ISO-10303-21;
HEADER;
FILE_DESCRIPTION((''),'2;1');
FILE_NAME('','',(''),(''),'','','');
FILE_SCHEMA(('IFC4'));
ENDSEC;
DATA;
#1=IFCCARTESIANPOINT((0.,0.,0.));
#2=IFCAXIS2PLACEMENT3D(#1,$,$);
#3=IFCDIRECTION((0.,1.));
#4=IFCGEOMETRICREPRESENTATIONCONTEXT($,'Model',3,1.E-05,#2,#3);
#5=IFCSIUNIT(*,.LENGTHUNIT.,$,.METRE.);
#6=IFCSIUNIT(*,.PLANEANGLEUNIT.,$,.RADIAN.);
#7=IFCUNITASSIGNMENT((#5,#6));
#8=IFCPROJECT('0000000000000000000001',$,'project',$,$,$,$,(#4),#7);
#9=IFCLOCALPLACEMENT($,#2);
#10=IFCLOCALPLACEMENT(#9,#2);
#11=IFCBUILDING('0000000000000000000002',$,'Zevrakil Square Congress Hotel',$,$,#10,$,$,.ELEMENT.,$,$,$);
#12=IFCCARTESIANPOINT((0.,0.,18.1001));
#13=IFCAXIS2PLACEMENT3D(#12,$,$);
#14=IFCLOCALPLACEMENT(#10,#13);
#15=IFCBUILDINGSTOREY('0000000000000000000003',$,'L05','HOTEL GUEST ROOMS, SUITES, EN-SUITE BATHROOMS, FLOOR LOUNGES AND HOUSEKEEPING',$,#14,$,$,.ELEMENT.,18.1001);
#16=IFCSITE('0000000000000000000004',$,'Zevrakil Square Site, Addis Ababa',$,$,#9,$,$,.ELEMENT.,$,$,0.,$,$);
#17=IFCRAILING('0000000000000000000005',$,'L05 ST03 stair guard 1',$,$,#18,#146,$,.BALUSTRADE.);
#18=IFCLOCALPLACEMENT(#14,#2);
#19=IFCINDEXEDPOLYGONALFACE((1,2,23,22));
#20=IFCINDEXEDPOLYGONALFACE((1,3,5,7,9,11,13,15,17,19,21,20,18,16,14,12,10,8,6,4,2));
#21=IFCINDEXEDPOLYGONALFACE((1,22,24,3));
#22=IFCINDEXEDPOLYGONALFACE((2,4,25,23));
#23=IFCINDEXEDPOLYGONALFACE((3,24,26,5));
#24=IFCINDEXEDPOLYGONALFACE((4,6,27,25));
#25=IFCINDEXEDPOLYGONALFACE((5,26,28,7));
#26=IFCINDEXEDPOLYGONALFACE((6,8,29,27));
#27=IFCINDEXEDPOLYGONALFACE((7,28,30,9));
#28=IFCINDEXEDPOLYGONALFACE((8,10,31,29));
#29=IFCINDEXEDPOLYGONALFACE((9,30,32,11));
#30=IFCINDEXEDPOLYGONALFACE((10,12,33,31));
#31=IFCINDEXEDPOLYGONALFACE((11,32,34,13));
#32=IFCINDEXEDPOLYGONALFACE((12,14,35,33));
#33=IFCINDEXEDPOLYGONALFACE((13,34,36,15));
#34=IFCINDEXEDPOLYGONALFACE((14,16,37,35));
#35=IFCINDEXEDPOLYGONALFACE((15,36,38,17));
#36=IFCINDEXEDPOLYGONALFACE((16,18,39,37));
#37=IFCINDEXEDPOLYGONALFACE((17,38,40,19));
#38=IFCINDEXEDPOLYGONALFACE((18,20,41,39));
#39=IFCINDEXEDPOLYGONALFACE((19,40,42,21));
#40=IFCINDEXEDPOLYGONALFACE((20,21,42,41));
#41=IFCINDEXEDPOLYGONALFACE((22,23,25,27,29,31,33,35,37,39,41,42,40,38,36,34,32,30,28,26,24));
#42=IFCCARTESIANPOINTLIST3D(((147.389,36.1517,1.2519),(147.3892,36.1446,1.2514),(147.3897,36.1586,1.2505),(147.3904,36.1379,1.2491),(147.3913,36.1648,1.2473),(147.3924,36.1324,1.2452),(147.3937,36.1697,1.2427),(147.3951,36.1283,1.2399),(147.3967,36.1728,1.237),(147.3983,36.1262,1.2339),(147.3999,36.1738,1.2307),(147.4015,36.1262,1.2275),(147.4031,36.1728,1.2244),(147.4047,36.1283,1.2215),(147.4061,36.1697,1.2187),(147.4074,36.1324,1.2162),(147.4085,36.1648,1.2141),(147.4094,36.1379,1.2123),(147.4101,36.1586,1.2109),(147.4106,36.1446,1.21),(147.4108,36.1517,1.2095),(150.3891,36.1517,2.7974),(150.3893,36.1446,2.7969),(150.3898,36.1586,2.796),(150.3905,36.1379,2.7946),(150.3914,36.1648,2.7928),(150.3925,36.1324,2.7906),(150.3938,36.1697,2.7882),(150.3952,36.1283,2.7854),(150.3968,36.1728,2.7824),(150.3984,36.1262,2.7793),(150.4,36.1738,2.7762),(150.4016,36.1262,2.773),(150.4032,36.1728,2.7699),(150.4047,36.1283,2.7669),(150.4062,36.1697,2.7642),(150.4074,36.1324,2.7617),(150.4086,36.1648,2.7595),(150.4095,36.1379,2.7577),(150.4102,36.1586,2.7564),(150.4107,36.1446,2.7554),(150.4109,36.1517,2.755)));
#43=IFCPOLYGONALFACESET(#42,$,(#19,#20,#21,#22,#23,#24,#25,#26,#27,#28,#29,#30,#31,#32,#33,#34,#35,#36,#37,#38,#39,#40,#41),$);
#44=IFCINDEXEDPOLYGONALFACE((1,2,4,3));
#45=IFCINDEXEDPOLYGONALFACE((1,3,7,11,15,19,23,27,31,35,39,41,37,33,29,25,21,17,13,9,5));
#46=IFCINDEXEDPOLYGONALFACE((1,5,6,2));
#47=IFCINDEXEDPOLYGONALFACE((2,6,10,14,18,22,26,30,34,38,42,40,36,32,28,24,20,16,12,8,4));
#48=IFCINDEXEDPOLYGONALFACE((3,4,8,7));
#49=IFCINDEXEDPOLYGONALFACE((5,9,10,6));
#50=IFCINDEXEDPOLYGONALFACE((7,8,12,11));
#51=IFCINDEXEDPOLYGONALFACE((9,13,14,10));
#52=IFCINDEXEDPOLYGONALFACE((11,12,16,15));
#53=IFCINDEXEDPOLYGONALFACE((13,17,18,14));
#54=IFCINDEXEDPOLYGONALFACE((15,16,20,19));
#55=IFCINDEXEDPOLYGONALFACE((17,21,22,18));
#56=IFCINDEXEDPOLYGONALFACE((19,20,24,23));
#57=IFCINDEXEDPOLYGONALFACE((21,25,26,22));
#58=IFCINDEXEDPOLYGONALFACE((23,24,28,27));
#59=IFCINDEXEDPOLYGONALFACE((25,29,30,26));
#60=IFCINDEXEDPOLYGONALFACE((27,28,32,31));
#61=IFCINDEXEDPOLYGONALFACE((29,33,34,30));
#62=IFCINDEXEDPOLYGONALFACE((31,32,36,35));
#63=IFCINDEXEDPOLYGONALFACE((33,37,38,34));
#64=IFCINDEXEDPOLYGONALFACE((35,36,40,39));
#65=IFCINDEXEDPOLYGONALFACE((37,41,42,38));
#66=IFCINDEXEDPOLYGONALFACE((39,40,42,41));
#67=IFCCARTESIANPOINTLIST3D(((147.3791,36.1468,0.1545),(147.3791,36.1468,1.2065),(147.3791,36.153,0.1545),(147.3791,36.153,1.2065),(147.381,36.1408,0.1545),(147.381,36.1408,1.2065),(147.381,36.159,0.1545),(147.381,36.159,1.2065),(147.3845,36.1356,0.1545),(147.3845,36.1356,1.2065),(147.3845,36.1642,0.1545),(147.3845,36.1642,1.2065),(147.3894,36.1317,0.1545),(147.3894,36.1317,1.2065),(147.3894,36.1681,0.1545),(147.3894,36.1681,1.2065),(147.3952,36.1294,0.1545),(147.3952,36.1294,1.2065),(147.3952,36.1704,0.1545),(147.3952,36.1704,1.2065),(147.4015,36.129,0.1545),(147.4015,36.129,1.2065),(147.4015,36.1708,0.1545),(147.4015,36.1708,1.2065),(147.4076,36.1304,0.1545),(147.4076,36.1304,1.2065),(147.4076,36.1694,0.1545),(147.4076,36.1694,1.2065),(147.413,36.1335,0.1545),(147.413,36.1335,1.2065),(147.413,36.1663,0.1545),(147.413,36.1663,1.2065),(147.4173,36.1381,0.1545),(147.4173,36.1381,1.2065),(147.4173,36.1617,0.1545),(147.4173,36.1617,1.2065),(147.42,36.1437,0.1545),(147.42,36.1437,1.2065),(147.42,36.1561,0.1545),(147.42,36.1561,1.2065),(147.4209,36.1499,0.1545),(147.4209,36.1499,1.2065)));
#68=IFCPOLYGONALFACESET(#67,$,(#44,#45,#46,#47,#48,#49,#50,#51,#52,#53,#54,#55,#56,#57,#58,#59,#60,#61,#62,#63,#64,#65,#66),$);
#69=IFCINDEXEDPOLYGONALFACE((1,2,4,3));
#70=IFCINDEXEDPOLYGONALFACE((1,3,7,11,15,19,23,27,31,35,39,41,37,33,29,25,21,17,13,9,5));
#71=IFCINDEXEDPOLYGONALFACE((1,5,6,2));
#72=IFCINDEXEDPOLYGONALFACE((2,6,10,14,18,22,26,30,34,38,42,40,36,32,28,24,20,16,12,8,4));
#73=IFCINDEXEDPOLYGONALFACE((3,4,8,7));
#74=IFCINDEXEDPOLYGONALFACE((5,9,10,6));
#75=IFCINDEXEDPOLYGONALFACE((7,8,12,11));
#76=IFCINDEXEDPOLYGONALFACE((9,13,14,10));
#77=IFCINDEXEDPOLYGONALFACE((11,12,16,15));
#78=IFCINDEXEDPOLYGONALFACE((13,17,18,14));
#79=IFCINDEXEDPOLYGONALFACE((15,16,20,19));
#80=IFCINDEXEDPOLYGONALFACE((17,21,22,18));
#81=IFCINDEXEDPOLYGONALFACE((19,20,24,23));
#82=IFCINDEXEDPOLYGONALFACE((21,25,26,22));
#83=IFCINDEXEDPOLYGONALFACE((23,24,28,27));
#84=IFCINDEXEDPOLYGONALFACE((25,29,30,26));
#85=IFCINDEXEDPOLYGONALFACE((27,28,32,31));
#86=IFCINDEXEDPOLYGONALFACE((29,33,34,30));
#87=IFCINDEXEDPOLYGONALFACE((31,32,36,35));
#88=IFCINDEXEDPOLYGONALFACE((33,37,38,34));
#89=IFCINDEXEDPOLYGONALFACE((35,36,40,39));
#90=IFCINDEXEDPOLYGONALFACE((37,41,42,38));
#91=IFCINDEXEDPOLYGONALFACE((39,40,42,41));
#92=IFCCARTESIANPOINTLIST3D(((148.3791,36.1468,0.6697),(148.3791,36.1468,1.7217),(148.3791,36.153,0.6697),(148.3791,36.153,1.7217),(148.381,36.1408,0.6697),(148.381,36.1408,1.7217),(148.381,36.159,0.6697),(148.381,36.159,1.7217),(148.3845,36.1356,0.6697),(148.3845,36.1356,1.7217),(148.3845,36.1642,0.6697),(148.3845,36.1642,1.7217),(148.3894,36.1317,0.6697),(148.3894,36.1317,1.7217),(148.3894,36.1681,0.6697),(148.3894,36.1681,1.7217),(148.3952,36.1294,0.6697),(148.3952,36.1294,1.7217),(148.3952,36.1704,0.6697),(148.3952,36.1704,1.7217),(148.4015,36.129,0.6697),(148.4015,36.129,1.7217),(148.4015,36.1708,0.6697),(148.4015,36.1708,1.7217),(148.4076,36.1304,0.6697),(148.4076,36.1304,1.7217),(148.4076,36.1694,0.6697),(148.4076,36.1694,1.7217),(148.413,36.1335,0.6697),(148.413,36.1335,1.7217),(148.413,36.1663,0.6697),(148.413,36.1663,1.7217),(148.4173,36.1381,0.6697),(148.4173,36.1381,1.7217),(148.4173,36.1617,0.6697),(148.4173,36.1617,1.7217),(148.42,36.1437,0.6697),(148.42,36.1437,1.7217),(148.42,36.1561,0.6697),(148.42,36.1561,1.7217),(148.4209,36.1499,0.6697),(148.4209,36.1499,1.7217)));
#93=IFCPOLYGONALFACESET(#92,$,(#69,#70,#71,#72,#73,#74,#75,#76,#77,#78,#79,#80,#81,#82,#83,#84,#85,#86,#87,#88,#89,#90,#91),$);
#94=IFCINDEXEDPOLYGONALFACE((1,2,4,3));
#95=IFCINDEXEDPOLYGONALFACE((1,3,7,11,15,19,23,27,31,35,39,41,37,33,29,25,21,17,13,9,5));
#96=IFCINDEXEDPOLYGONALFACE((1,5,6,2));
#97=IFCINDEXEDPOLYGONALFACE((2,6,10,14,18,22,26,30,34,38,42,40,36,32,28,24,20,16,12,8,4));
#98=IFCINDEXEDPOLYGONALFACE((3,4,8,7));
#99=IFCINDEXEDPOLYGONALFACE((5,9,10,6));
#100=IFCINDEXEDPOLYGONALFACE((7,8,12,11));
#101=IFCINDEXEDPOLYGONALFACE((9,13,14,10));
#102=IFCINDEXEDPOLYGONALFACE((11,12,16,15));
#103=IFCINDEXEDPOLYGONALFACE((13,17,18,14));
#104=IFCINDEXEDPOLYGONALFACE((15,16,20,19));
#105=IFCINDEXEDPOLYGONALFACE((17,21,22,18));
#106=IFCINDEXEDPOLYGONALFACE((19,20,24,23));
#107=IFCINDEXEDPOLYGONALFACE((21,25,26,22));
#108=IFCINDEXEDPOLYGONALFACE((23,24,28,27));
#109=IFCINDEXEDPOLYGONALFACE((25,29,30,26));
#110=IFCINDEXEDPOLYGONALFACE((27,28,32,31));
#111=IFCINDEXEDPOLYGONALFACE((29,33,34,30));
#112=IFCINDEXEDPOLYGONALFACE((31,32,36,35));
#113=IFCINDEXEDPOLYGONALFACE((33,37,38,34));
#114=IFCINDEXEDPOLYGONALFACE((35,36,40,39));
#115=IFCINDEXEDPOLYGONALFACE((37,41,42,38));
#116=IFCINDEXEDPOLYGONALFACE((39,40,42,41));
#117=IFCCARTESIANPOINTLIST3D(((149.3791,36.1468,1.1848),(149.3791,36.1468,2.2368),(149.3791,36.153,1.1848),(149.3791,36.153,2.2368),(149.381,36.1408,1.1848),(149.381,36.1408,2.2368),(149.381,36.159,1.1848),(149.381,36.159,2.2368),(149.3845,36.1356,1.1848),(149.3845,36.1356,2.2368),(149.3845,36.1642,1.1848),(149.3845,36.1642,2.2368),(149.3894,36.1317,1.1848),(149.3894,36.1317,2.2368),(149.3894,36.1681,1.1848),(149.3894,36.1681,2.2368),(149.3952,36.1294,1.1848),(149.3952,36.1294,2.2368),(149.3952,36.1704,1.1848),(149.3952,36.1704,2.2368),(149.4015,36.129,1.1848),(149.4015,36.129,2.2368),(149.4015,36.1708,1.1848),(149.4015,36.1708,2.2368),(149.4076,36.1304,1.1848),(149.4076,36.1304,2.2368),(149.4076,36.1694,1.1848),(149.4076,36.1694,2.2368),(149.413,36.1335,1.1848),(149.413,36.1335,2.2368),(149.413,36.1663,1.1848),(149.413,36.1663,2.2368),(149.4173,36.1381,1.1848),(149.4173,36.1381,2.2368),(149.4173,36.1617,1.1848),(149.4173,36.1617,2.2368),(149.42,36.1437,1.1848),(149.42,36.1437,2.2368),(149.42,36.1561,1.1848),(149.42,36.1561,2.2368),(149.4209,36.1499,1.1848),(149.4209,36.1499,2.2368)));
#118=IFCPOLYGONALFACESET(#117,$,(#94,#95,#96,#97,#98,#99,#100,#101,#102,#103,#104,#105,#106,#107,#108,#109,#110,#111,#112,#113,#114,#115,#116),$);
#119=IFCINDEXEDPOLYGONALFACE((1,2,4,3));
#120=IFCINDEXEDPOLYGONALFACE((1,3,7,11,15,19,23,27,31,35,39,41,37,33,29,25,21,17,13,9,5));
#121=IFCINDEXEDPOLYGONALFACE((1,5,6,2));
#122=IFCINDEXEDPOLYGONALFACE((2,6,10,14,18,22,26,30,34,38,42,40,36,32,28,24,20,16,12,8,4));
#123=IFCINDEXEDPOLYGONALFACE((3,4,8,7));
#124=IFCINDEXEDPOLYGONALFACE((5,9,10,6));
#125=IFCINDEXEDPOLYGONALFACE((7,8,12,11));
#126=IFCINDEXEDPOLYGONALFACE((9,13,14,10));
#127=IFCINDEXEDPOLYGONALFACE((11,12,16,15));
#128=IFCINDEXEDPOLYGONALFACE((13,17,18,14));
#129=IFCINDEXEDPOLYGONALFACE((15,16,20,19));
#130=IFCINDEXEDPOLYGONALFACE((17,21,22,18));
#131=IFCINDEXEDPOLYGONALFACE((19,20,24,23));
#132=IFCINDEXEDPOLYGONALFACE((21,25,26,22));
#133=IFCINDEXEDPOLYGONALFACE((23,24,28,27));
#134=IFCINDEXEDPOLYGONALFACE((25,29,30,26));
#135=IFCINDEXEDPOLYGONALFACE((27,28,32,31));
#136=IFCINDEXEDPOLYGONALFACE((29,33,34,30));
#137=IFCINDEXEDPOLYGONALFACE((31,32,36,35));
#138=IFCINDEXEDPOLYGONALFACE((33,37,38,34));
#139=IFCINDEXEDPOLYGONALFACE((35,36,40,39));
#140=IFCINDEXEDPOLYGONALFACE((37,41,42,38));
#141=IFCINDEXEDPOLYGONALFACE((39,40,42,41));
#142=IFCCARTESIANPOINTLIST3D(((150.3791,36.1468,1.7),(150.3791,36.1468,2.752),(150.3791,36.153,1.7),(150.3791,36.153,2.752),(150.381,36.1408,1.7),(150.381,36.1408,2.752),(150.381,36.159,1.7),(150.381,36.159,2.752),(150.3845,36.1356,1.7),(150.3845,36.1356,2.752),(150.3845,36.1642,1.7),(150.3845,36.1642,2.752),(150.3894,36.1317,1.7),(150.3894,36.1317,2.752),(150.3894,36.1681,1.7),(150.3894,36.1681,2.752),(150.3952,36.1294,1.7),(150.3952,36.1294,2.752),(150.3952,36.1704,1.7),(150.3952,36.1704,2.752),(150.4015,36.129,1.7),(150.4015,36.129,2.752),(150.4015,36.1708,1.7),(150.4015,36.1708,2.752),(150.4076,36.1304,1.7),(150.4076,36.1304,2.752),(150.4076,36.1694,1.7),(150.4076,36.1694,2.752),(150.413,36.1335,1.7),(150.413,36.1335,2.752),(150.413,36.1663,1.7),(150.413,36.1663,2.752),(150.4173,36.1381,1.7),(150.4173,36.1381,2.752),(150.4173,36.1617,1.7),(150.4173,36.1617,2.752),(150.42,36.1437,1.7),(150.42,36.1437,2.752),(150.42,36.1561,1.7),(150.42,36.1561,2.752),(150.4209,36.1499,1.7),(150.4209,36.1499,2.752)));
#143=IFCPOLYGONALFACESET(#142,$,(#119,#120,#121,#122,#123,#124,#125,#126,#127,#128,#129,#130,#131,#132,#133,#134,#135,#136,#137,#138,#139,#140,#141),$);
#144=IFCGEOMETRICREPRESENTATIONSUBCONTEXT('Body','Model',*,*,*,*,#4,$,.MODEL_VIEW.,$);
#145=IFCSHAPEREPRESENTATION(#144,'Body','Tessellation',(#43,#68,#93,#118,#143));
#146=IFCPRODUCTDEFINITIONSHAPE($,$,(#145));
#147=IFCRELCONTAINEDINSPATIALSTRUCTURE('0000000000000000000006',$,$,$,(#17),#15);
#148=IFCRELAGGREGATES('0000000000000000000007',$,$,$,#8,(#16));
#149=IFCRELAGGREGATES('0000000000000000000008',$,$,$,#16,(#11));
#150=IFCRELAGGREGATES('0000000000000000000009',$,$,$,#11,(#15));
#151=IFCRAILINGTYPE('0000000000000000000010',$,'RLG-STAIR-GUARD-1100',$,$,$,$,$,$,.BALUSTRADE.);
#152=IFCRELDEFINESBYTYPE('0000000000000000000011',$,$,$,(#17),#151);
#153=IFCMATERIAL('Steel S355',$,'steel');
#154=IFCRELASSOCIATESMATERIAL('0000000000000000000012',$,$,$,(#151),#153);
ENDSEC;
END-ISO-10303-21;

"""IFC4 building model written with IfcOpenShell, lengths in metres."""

from ifc_helpers import new_model, si_unit, direction, frame, origin, origin_2d, place, context, subcontext, project, spatial, circle, extrude, material, type_object, element, save


model = new_model("IFC4")

# Units and contexts
model_context = context("Model", 3, precision=1e-05, world=origin(), true_north=direction((0.0, 1.0)))
body_context = subcontext(model_context, "Body", "Model", "MODEL_VIEW")
ifc_project = project(units=[si_unit("LENGTHUNIT", "METRE"), si_unit("PLANEANGLEUNIT", "RADIAN")], contexts=[model_context])

# Site, building, storey
site_placement = place(None, origin())
site = spatial("IfcSite", under=ifc_project, at=site_placement, Name="Zevrakil Square Site, Addis Ababa", CompositionType="ELEMENT", RefElevation=0.0)
building_placement = place(site_placement, origin())
building = spatial("IfcBuilding", under=site, at=building_placement, Name="Zevrakil Square Congress Hotel", CompositionType="ELEMENT")
storey_placement = place(building_placement, frame((0.0, 0.0, 18.1001)))
storey = spatial("IfcBuildingStorey", under=building, at=storey_placement, Name="L05", Description="HOTEL GUEST ROOMS, SUITES, EN-SUITE BATHROOMS, FLOOR LOUNGES AND HOUSEKEEPING", CompositionType="ELEMENT", Elevation=18.1001)

# Railing
ifc_material_1 = material(Name="Steel S355", Category="steel")
railing_type_1 = type_object("IfcRailingType", Name="RLG-STAIR-GUARD-1100", PredefinedType="BALUSTRADE", material=ifc_material_1)
railing_1_placement = place(storey_placement, frame((147.3999, 36.1499, 0.1545)))
element("IfcRailing", 1, at=railing_1_placement, inside=storey, type_object=railing_type_1, Name="L05 ST03 stair guard 1", PredefinedType="BALUSTRADE", context=body_context, shape_type="SweptSolid", body=[
    extrude(circle(Radius=0.0239, at=origin_2d()), frame((0.0, 0.0, 1.0762), z_axis=(0.88898, 0.0, 0.457946), x_axis=(0.0, 1.0, 0.0)), (0.0, 0.0, 1.0), 3.3748),
    extrude(circle(Radius=0.021, at=origin_2d()), origin(), (0.0, 0.0, 1.0), 1.052),
    extrude(circle(Radius=0.021, at=origin_2d()), frame((1.0, 0.0, 0.5151)), (0.0, 0.0, 1.0), 1.052),
    extrude(circle(Radius=0.021, at=origin_2d()), frame((2.0, 0.0, 1.0303)), (0.0, 0.0, 1.0), 1.052),
    extrude(circle(Radius=0.021, at=origin_2d()), frame((3.0, 0.0, 1.5454)), (0.0, 0.0, 1.0), 1.052),
])

save(model, "model.ifc")
